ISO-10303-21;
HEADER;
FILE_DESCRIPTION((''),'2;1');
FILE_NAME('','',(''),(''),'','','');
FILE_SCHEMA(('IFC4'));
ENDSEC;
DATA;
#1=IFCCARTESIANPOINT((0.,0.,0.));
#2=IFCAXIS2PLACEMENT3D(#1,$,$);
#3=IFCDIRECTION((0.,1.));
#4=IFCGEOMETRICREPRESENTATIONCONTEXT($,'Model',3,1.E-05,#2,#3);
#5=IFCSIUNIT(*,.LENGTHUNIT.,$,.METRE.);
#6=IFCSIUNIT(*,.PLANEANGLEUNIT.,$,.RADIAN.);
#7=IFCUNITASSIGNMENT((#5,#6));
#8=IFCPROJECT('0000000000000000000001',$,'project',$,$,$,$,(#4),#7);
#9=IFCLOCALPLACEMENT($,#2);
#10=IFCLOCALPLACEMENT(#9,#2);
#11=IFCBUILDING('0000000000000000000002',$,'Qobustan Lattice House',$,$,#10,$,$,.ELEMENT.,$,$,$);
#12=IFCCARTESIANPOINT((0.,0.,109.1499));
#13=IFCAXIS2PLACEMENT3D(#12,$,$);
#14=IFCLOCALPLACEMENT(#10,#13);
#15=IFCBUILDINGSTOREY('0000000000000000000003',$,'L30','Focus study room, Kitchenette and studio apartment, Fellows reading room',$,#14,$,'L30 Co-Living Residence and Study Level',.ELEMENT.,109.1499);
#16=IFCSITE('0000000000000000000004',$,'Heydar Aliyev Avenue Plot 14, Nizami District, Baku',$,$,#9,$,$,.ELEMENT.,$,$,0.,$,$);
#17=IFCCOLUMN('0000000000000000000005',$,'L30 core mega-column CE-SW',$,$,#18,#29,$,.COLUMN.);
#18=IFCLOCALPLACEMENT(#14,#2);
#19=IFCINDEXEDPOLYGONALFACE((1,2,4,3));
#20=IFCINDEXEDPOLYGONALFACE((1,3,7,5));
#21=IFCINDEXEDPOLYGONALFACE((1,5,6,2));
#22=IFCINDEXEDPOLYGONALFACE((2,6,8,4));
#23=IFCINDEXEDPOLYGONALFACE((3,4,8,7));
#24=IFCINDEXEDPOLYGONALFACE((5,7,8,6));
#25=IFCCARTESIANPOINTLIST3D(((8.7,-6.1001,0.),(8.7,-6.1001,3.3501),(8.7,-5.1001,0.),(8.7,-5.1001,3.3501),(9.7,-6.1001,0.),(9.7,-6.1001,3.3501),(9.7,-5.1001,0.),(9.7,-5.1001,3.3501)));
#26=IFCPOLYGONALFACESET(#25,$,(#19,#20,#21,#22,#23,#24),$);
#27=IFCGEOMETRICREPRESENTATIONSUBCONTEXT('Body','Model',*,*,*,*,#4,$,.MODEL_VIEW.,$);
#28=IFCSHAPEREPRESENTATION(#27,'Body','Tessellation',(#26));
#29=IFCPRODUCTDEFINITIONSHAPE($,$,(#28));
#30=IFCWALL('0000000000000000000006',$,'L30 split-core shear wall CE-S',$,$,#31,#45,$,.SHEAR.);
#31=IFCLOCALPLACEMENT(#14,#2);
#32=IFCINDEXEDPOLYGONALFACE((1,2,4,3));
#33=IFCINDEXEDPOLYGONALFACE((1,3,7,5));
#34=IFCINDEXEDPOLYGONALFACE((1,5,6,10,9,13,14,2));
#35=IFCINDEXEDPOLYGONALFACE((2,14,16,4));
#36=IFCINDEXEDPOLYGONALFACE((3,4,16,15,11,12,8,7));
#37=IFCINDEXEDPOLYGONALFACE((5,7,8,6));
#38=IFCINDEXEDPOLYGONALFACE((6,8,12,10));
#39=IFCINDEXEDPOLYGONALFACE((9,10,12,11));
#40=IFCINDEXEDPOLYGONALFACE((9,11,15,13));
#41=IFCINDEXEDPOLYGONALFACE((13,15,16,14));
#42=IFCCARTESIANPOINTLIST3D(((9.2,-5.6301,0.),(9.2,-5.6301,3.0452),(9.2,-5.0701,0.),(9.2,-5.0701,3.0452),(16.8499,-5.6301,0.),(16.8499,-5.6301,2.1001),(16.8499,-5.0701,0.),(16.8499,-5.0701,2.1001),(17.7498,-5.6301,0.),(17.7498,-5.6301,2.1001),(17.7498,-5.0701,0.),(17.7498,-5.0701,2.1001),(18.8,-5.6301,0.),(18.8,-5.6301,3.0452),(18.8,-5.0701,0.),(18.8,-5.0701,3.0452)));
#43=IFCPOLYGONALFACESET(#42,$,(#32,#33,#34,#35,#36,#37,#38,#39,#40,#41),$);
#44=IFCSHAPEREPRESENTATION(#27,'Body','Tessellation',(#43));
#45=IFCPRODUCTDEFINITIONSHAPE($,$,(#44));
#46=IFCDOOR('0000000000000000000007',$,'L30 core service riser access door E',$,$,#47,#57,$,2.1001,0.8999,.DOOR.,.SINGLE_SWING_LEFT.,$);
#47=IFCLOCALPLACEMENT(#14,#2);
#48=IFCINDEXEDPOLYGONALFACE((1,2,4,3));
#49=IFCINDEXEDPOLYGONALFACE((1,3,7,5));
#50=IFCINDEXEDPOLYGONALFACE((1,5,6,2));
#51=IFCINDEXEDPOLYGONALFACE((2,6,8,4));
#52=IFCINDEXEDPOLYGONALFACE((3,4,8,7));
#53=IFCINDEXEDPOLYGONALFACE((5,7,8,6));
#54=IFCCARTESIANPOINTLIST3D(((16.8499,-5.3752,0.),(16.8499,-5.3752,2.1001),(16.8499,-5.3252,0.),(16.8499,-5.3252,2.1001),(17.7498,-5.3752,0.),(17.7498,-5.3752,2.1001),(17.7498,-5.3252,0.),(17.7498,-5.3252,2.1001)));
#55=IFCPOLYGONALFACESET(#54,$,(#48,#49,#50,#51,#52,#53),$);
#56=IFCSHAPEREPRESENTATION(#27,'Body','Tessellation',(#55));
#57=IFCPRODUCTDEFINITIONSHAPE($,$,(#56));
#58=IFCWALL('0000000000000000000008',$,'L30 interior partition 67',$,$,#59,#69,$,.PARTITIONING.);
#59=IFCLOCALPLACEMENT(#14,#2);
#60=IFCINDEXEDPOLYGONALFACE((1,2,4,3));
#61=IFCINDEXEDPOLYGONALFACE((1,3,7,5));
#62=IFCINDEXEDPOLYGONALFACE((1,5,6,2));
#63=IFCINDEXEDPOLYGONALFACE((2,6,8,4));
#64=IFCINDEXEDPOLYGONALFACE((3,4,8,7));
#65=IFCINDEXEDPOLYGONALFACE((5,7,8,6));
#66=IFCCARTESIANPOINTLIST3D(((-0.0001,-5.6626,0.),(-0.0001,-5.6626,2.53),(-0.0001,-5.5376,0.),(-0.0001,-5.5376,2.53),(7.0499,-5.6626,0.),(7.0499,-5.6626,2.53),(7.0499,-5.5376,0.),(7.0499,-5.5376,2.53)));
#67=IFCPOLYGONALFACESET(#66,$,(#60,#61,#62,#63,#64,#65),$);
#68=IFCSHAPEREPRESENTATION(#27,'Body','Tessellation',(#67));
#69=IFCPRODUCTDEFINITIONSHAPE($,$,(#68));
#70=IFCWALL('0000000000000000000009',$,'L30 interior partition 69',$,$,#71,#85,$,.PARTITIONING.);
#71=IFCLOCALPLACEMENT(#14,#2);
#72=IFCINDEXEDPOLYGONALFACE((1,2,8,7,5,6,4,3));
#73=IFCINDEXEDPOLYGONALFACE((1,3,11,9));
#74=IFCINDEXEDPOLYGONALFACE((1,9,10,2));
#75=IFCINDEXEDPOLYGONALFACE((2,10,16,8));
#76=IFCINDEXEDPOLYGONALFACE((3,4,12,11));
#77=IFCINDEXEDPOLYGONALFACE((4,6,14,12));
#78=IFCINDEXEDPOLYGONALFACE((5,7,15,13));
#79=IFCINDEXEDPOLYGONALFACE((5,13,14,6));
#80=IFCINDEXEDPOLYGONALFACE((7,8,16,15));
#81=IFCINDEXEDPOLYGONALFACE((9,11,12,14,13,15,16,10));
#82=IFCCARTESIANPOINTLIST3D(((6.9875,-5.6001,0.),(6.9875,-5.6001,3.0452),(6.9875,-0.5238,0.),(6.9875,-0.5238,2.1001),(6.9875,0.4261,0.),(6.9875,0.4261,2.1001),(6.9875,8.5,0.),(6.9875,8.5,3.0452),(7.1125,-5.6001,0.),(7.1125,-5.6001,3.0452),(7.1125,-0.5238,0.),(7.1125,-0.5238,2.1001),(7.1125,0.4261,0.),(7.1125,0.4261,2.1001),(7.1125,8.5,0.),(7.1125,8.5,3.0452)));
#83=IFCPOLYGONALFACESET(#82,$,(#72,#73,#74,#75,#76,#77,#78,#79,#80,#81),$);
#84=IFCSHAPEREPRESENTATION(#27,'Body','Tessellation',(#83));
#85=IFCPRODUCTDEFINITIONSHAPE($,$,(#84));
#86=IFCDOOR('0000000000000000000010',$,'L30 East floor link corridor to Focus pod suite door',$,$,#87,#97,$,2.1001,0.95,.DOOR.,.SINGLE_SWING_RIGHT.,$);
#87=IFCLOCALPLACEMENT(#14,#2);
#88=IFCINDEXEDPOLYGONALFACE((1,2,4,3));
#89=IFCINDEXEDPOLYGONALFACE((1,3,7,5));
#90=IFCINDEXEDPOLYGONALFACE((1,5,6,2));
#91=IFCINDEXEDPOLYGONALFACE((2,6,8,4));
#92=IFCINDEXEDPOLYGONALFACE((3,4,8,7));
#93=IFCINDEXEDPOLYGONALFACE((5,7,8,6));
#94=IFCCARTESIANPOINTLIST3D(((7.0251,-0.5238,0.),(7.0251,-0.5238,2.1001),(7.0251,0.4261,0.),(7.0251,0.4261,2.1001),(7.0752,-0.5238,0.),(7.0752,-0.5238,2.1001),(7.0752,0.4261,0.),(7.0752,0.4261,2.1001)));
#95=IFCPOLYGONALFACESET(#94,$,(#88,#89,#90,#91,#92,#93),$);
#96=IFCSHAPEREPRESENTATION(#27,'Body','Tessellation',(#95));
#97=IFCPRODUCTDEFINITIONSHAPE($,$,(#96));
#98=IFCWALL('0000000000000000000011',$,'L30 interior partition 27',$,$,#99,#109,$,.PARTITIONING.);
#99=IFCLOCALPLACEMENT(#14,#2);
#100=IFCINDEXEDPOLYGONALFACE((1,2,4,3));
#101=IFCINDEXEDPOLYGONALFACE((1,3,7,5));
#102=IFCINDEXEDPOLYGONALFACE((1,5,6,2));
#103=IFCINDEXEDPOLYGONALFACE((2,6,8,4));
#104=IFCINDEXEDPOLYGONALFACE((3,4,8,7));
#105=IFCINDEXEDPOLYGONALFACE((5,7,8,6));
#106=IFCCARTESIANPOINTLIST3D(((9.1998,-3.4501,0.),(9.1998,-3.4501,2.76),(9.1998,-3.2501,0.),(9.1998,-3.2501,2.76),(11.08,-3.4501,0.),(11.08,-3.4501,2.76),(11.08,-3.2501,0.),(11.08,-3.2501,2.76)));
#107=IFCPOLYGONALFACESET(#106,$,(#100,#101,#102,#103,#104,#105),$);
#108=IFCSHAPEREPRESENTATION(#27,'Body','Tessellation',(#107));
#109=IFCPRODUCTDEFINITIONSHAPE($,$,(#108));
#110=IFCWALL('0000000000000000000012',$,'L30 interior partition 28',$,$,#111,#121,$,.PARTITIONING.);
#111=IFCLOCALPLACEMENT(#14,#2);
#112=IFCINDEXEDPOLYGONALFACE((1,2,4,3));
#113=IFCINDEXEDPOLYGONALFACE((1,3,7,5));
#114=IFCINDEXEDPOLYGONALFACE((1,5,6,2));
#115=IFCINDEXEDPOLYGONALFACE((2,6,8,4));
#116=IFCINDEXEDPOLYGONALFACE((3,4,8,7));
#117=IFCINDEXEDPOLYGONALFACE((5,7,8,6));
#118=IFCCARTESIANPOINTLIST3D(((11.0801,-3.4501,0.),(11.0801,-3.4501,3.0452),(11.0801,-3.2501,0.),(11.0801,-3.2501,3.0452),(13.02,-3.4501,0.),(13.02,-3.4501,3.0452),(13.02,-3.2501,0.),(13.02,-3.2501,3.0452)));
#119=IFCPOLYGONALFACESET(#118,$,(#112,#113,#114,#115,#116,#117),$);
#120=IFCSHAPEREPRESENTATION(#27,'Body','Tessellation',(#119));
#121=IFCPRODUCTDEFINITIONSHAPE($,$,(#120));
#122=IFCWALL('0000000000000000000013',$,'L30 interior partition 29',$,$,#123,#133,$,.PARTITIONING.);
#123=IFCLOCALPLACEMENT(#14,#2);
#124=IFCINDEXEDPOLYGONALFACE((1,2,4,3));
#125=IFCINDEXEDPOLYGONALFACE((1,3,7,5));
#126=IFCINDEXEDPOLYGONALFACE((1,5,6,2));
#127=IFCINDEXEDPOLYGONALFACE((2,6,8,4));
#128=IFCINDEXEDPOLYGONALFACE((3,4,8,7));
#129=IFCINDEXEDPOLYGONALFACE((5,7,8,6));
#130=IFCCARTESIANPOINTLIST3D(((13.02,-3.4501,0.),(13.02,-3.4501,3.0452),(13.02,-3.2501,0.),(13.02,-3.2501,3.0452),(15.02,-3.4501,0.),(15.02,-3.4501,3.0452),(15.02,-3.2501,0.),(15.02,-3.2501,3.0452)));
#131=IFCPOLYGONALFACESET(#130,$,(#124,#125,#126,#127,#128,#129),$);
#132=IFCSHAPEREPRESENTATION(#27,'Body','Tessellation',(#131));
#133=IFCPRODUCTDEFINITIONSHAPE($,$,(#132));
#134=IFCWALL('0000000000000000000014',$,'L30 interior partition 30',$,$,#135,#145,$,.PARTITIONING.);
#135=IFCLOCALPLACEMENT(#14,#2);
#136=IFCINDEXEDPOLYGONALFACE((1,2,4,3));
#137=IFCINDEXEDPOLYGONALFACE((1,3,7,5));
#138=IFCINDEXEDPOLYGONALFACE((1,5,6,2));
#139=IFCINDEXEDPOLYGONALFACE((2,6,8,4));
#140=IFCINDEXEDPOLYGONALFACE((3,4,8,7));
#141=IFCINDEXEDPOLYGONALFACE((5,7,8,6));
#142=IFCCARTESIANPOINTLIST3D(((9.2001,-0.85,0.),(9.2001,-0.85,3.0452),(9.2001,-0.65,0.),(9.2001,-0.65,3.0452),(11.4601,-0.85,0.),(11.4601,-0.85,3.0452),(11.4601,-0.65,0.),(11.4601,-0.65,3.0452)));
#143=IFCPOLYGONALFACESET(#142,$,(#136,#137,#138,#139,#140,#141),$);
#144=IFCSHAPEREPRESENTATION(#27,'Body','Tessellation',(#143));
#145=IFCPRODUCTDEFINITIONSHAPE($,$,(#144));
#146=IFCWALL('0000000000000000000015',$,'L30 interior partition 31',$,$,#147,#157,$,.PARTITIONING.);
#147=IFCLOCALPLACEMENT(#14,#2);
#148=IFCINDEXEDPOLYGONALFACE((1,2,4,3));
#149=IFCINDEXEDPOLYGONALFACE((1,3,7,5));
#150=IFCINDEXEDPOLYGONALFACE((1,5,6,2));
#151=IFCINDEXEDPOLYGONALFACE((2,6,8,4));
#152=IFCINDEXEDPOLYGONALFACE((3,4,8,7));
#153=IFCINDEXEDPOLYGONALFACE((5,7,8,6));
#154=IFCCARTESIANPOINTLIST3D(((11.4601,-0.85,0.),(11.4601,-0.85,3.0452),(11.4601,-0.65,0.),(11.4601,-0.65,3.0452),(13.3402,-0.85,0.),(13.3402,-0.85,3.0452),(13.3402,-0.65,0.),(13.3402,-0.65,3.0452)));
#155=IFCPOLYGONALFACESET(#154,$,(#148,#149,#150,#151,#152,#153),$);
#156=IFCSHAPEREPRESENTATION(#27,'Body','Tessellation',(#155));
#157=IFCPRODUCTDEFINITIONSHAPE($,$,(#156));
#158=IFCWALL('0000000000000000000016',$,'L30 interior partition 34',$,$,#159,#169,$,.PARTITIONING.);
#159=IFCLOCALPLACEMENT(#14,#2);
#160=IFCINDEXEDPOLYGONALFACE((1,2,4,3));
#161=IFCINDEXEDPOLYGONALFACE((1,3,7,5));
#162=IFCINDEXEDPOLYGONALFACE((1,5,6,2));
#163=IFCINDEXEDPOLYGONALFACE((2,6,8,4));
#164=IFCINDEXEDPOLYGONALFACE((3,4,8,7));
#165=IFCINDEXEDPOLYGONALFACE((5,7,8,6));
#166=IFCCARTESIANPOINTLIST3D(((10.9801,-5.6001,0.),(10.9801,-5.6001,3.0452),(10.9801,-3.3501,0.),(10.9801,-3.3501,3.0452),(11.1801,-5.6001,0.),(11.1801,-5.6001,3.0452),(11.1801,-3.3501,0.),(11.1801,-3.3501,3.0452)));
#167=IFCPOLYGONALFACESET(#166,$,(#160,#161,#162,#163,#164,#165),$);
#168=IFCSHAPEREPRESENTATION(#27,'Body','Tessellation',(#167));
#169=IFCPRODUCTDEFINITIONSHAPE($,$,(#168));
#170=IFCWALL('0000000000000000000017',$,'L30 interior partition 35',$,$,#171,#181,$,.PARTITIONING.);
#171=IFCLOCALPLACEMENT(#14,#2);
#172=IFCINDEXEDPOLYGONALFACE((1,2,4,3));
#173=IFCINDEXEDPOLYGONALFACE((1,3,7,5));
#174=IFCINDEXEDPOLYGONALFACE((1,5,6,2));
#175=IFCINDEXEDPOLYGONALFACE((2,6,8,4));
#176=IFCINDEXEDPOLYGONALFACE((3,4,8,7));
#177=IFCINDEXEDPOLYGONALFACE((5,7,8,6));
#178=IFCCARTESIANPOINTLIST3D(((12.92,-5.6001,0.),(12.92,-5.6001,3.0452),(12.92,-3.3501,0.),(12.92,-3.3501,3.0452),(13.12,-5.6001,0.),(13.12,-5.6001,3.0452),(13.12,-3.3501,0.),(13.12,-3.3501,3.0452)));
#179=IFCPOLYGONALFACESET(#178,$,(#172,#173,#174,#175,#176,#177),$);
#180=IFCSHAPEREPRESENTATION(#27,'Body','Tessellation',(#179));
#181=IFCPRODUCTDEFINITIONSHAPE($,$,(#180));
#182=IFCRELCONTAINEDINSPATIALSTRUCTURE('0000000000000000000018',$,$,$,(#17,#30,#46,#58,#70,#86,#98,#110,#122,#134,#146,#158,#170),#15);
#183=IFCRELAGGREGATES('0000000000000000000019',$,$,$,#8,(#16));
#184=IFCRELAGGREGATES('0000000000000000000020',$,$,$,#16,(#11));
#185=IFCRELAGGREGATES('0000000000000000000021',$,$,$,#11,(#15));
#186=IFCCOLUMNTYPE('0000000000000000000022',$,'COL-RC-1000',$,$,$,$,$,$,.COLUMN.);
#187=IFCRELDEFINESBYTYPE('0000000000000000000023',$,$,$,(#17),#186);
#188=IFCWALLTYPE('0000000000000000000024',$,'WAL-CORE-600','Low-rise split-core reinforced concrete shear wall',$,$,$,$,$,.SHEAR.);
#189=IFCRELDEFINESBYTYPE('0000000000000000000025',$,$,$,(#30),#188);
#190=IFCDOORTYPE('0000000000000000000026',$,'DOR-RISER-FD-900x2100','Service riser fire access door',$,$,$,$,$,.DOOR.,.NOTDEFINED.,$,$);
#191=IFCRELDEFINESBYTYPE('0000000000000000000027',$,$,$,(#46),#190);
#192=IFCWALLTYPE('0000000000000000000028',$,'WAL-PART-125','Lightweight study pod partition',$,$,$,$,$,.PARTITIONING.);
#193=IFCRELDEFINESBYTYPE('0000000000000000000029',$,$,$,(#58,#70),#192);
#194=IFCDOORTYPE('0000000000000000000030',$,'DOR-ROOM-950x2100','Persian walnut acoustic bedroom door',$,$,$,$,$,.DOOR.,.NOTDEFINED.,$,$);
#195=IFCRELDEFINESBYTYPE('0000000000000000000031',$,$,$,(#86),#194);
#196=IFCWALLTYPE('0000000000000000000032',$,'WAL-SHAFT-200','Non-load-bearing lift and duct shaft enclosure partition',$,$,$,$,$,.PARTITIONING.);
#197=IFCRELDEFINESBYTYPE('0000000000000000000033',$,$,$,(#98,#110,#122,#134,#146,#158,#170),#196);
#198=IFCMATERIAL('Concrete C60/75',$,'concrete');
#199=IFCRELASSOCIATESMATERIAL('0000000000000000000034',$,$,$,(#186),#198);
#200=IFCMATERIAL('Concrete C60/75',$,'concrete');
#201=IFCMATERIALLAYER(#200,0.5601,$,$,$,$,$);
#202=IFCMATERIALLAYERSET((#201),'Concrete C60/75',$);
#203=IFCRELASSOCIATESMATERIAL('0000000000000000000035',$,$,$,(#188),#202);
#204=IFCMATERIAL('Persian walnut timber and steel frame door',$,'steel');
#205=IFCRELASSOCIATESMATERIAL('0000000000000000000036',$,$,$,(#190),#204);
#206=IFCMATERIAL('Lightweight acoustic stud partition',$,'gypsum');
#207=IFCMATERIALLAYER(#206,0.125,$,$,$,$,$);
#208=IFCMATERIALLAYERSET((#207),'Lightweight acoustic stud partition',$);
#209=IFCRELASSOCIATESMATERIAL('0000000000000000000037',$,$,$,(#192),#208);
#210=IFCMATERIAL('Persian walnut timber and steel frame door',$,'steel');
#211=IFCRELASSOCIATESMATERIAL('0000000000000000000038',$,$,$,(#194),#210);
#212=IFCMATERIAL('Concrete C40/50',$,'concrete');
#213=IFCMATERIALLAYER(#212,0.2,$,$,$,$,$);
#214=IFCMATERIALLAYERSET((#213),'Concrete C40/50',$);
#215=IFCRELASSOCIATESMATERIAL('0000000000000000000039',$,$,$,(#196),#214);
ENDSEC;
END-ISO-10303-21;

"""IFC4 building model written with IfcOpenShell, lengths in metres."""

from ifc_helpers import new_model, si_unit, direction, frame, frame_2d, origin, origin_2d, place, context, subcontext, project, spatial, rectangle, extrude, material, layer, layer_set, material_profile, profile_set, type_object, element, fill, save


model = new_model("IFC4")

# Units and contexts
model_context = context("Model", 3, precision=1e-05, world=origin(), true_north=direction((0.0, 1.0)))
body_context = subcontext(model_context, "Body", "Model", "MODEL_VIEW")
ifc_project = project(units=[si_unit("LENGTHUNIT", "METRE"), si_unit("PLANEANGLEUNIT", "RADIAN")], contexts=[model_context])

# Site, building, storey
site_placement = place(None, origin())
site = spatial("IfcSite", under=ifc_project, at=site_placement, Name="Heydar Aliyev Avenue Plot 14, Nizami District, Baku", CompositionType="ELEMENT", RefElevation=0.0)
building_placement = place(site_placement, origin())
building = spatial("IfcBuilding", under=site, at=building_placement, Name="Qobustan Lattice House", CompositionType="ELEMENT")
storey_placement = place(building_placement, frame((0.0, 0.0, 109.1499)))
storey = spatial("IfcBuildingStorey", under=building, at=storey_placement, Name="L30", Description="Focus study room, Kitchenette and studio apartment, Fellows reading room", LongName="L30 Co-Living Residence and Study Level", CompositionType="ELEMENT", Elevation=109.1499)

# Column
ifc_material_1 = material(Name="Concrete C60/75", Category="concrete")
ifc_material_profile = material_profile(ifc_material_1, rectangle(XDim=1.0, YDim=1.0, at=origin_2d()), Name="RC1000x1000")
ifc_profile_set = profile_set([ifc_material_profile], Name="Concrete C60/75")
column_type = type_object("IfcColumnType", Name="COL-RC-1000", PredefinedType="COLUMN", material=ifc_profile_set)
column_placement = place(storey_placement, frame((9.2, -5.6001, 0.0), z_axis=(0.0, 0.0, 1.0), x_axis=(1.0, 0.0, 0.0)))
element("IfcColumn", 1, at=column_placement, inside=storey, type_object=column_type, Name="L30 core mega-column CE-SW", PredefinedType="COLUMN", context=body_context, shape_type="SweptSolid", body=[
    extrude(rectangle(XDim=1.0, YDim=1.0, at=origin_2d()), origin(), (0.0, 0.0, 1.0), 3.3501),
])

# Wall, opening, door
ifc_material_2 = material(Name="Concrete C60/75", Category="concrete")
ifc_layer_1 = layer(ifc_material_2, 0.5601)
ifc_layer_set_1 = layer_set([ifc_layer_1], Name="Concrete C60/75")
wall_type_1 = type_object("IfcWallType", Name="WAL-CORE-600", Description="Low-rise split-core reinforced concrete shear wall", PredefinedType="SHEAR", material=ifc_layer_set_1)
wall_1_placement = place(storey_placement, frame((9.2, -5.3501, 0.0), z_axis=(0.0, 0.0, 1.0), x_axis=(1.0, 0.0, 0.0)))
wall_1 = element("IfcWall", 2, at=wall_1_placement, inside=storey, type_object=wall_type_1, Name="L30 split-core shear wall CE-S", PredefinedType="SHEAR", context=body_context, shape_type="SweptSolid", body=[
    extrude(rectangle(XDim=9.6001, YDim=0.5601, at=frame_2d((4.8, 0.0))), origin(), (0.0, 0.0, 1.0), 3.0452),
])
opening_1_placement = place(wall_1_placement, frame((7.6499, 0.0, 0.0)))
opening_1 = element("IfcOpeningElement", 3, at=opening_1_placement, cuts=wall_1, PredefinedType="OPENING", context=body_context, shape_type="SweptSolid", body=[
    extrude(rectangle(XDim=0.8999, YDim=2.1001, at=frame_2d((0.45, 1.05))), frame((0.0, 0.29, 0.0), z_axis=(0.0, -1.0, 0.0), x_axis=(1.0, 0.0, 0.0)), (0.0, 0.0, 1.0), 0.5801),
])
ifc_material_3 = material(Name="Persian walnut timber and steel frame door", Category="steel")
door_type_1 = type_object("IfcDoorType", Name="DOR-RISER-FD-900x2100", Description="Service riser fire access door", OperationType="NOTDEFINED", PredefinedType="DOOR", material=ifc_material_3)
door_1_placement = place(opening_1_placement, origin())
door_1 = element("IfcDoor", 4, at=door_1_placement, inside=storey, type_object=door_type_1, Name="L30 core service riser access door E", OperationType="SINGLE_SWING_LEFT", OverallHeight=2.1001, OverallWidth=0.8999, PredefinedType="DOOR", context=body_context, shape_type="SweptSolid", body=[
    extrude(rectangle(XDim=0.8999, YDim=2.1001, at=frame_2d((0.45, 1.05))), frame((0.0, 0.0249, 0.0), z_axis=(0.0, -1.0, 0.0), x_axis=(1.0, 0.0, 0.0)), (0.0, 0.0, 1.0), 0.05),
])
fill(opening_1, door_1)

# Wall
ifc_material_4 = material(Name="Lightweight acoustic stud partition", Category="gypsum")
ifc_layer_2 = layer(ifc_material_4, 0.125)
ifc_layer_set_2 = layer_set([ifc_layer_2], Name="Lightweight acoustic stud partition")
wall_type_2 = type_object("IfcWallType", Name="WAL-PART-125", Description="Lightweight study pod partition", PredefinedType="PARTITIONING", material=ifc_layer_set_2)
wall_2_placement = place(storey_placement, frame((0.0, -5.6001, 0.0), z_axis=(0.0, 0.0, 1.0), x_axis=(1.0, 0.0, 0.0)))
element("IfcWall", 5, at=wall_2_placement, inside=storey, type_object=wall_type_2, Name="L30 interior partition 67", PredefinedType="PARTITIONING", context=body_context, shape_type="SweptSolid", body=[
    extrude(rectangle(XDim=7.05, YDim=0.125, at=frame_2d((3.5249, 0.0))), origin(), (0.0, 0.0, 1.0), 2.53),
])

# Wall, opening, door
wall_3_placement = place(storey_placement, frame((7.05, -5.6001, 0.0), z_axis=(0.0, 0.0, 1.0), x_axis=(0.0, 1.0, 0.0)))
wall_3 = element("IfcWall", 6, at=wall_3_placement, inside=storey, type_object=wall_type_2, Name="L30 interior partition 69", PredefinedType="PARTITIONING", context=body_context, shape_type="SweptSolid", body=[
    extrude(rectangle(XDim=14.1001, YDim=0.125, at=frame_2d((7.05, 0.0))), origin(), (0.0, 0.0, 1.0), 3.0452),
])
opening_2_placement = place(wall_3_placement, frame((5.0762, 0.0, 0.0)))
opening_2 = element("IfcOpeningElement", 7, at=opening_2_placement, cuts=wall_3, PredefinedType="OPENING", context=body_context, shape_type="SweptSolid", body=[
    extrude(rectangle(XDim=0.95, YDim=2.1001, at=frame_2d((0.4751, 1.05))), frame((0.0, 0.0725, 0.0), z_axis=(0.0, -1.0, 0.0), x_axis=(1.0, 0.0, 0.0)), (0.0, 0.0, 1.0), 0.145),
])
ifc_material_5 = material(Name="Persian walnut timber and steel frame door", Category="steel")
door_type_2 = type_object("IfcDoorType", Name="DOR-ROOM-950x2100", Description="Persian walnut acoustic bedroom door", OperationType="NOTDEFINED", PredefinedType="DOOR", material=ifc_material_5)
door_2_placement = place(opening_2_placement, origin())
door_2 = element("IfcDoor", 8, at=door_2_placement, inside=storey, type_object=door_type_2, Name="L30 East floor link corridor to Focus pod suite door", OperationType="SINGLE_SWING_RIGHT", OverallHeight=2.1001, OverallWidth=0.95, PredefinedType="DOOR", context=body_context, shape_type="SweptSolid", body=[
    extrude(rectangle(XDim=0.95, YDim=2.1001, at=frame_2d((0.4751, 1.05))), frame((0.0, 0.0249, 0.0), z_axis=(0.0, -1.0, 0.0), x_axis=(1.0, 0.0, 0.0)), (0.0, 0.0, 1.0), 0.05),
])
fill(opening_2, door_2)

# Walls
ifc_material_6 = material(Name="Concrete C40/50", Category="concrete")
ifc_layer_3 = layer(ifc_material_6, 0.2)
ifc_layer_set_3 = layer_set([ifc_layer_3], Name="Concrete C40/50")
wall_type_3 = type_object("IfcWallType", Name="WAL-SHAFT-200", Description="Non-load-bearing lift and duct shaft enclosure partition", PredefinedType="PARTITIONING", material=ifc_layer_set_3)
wall_4_placement = place(storey_placement, frame((9.2, -3.3501, 0.0), z_axis=(0.0, 0.0, 1.0), x_axis=(1.0, 0.0, 0.0)))
element("IfcWall", 9, at=wall_4_placement, inside=storey, type_object=wall_type_3, Name="L30 interior partition 27", PredefinedType="PARTITIONING", context=body_context, shape_type="SweptSolid", body=[
    extrude(rectangle(XDim=1.8801, YDim=0.2, at=frame_2d((0.9399, 0.0))), origin(), (0.0, 0.0, 1.0), 2.76),
])
wall_5_placement = place(storey_placement, frame((11.0801, -3.3501, 0.0), z_axis=(0.0, 0.0, 1.0), x_axis=(1.0, 0.0, 0.0)))
element("IfcWall", 10, at=wall_5_placement, inside=storey, type_object=wall_type_3, Name="L30 interior partition 28", PredefinedType="PARTITIONING", context=body_context, shape_type="SweptSolid", body=[
    extrude(rectangle(XDim=1.9399, YDim=0.2, at=frame_2d((0.97, 0.0))), origin(), (0.0, 0.0, 1.0), 3.0452),
])
wall_6_placement = place(storey_placement, frame((13.02, -3.3501, 0.0), z_axis=(0.0, 0.0, 1.0), x_axis=(1.0, 0.0, 0.0)))
element("IfcWall", 11, at=wall_6_placement, inside=storey, type_object=wall_type_3, Name="L30 interior partition 29", PredefinedType="PARTITIONING", context=body_context, shape_type="SweptSolid", body=[
    extrude(rectangle(XDim=2.0, YDim=0.2, at=frame_2d((1.0, 0.0))), origin(), (0.0, 0.0, 1.0), 3.0452),
])
wall_7_placement = place(storey_placement, frame((11.46, -0.75, 0.0), z_axis=(0.0, 0.0, 1.0), x_axis=(-1.0, 0.0, 0.0)))
element("IfcWall", 12, at=wall_7_placement, inside=storey, type_object=wall_type_3, Name="L30 interior partition 30", PredefinedType="PARTITIONING", context=body_context, shape_type="SweptSolid", body=[
    extrude(rectangle(XDim=2.26, YDim=0.2, at=frame_2d((1.1299, 0.0))), origin(), (0.0, 0.0, 1.0), 3.0452),
])
wall_8_placement = place(storey_placement, frame((13.3401, -0.75, 0.0), z_axis=(0.0, 0.0, 1.0), x_axis=(-1.0, 0.0, 0.0)))
element("IfcWall", 13, at=wall_8_placement, inside=storey, type_object=wall_type_3, Name="L30 interior partition 31", PredefinedType="PARTITIONING", context=body_context, shape_type="SweptSolid", body=[
    extrude(rectangle(XDim=1.8801, YDim=0.2, at=frame_2d((0.9399, 0.0))), origin(), (0.0, 0.0, 1.0), 3.0452),
])
for number, where, z_axis, x_axis, name in (
    (14, (11.0801, -5.6001, 0.0), (0.0, 0.0, 1.0), (0.0, 1.0, 0.0), "L30 interior partition 34"),
    (15, (13.02, -5.6001, 0.0), (0.0, 0.0, 1.0), (0.0, 1.0, 0.0), "L30 interior partition 35"),
):
    element("IfcWall", number, at=place(storey_placement, frame(where, z_axis=z_axis, x_axis=x_axis)), inside=storey, type_object=wall_type_3, Name=name, PredefinedType="PARTITIONING", context=body_context, shape_type="SweptSolid", body=[
        extrude(rectangle(XDim=2.25, YDim=0.2, at=frame_2d((1.125, 0.0))), origin(), (0.0, 0.0, 1.0), 3.0452),
    ])

save(model, "model.ifc")
